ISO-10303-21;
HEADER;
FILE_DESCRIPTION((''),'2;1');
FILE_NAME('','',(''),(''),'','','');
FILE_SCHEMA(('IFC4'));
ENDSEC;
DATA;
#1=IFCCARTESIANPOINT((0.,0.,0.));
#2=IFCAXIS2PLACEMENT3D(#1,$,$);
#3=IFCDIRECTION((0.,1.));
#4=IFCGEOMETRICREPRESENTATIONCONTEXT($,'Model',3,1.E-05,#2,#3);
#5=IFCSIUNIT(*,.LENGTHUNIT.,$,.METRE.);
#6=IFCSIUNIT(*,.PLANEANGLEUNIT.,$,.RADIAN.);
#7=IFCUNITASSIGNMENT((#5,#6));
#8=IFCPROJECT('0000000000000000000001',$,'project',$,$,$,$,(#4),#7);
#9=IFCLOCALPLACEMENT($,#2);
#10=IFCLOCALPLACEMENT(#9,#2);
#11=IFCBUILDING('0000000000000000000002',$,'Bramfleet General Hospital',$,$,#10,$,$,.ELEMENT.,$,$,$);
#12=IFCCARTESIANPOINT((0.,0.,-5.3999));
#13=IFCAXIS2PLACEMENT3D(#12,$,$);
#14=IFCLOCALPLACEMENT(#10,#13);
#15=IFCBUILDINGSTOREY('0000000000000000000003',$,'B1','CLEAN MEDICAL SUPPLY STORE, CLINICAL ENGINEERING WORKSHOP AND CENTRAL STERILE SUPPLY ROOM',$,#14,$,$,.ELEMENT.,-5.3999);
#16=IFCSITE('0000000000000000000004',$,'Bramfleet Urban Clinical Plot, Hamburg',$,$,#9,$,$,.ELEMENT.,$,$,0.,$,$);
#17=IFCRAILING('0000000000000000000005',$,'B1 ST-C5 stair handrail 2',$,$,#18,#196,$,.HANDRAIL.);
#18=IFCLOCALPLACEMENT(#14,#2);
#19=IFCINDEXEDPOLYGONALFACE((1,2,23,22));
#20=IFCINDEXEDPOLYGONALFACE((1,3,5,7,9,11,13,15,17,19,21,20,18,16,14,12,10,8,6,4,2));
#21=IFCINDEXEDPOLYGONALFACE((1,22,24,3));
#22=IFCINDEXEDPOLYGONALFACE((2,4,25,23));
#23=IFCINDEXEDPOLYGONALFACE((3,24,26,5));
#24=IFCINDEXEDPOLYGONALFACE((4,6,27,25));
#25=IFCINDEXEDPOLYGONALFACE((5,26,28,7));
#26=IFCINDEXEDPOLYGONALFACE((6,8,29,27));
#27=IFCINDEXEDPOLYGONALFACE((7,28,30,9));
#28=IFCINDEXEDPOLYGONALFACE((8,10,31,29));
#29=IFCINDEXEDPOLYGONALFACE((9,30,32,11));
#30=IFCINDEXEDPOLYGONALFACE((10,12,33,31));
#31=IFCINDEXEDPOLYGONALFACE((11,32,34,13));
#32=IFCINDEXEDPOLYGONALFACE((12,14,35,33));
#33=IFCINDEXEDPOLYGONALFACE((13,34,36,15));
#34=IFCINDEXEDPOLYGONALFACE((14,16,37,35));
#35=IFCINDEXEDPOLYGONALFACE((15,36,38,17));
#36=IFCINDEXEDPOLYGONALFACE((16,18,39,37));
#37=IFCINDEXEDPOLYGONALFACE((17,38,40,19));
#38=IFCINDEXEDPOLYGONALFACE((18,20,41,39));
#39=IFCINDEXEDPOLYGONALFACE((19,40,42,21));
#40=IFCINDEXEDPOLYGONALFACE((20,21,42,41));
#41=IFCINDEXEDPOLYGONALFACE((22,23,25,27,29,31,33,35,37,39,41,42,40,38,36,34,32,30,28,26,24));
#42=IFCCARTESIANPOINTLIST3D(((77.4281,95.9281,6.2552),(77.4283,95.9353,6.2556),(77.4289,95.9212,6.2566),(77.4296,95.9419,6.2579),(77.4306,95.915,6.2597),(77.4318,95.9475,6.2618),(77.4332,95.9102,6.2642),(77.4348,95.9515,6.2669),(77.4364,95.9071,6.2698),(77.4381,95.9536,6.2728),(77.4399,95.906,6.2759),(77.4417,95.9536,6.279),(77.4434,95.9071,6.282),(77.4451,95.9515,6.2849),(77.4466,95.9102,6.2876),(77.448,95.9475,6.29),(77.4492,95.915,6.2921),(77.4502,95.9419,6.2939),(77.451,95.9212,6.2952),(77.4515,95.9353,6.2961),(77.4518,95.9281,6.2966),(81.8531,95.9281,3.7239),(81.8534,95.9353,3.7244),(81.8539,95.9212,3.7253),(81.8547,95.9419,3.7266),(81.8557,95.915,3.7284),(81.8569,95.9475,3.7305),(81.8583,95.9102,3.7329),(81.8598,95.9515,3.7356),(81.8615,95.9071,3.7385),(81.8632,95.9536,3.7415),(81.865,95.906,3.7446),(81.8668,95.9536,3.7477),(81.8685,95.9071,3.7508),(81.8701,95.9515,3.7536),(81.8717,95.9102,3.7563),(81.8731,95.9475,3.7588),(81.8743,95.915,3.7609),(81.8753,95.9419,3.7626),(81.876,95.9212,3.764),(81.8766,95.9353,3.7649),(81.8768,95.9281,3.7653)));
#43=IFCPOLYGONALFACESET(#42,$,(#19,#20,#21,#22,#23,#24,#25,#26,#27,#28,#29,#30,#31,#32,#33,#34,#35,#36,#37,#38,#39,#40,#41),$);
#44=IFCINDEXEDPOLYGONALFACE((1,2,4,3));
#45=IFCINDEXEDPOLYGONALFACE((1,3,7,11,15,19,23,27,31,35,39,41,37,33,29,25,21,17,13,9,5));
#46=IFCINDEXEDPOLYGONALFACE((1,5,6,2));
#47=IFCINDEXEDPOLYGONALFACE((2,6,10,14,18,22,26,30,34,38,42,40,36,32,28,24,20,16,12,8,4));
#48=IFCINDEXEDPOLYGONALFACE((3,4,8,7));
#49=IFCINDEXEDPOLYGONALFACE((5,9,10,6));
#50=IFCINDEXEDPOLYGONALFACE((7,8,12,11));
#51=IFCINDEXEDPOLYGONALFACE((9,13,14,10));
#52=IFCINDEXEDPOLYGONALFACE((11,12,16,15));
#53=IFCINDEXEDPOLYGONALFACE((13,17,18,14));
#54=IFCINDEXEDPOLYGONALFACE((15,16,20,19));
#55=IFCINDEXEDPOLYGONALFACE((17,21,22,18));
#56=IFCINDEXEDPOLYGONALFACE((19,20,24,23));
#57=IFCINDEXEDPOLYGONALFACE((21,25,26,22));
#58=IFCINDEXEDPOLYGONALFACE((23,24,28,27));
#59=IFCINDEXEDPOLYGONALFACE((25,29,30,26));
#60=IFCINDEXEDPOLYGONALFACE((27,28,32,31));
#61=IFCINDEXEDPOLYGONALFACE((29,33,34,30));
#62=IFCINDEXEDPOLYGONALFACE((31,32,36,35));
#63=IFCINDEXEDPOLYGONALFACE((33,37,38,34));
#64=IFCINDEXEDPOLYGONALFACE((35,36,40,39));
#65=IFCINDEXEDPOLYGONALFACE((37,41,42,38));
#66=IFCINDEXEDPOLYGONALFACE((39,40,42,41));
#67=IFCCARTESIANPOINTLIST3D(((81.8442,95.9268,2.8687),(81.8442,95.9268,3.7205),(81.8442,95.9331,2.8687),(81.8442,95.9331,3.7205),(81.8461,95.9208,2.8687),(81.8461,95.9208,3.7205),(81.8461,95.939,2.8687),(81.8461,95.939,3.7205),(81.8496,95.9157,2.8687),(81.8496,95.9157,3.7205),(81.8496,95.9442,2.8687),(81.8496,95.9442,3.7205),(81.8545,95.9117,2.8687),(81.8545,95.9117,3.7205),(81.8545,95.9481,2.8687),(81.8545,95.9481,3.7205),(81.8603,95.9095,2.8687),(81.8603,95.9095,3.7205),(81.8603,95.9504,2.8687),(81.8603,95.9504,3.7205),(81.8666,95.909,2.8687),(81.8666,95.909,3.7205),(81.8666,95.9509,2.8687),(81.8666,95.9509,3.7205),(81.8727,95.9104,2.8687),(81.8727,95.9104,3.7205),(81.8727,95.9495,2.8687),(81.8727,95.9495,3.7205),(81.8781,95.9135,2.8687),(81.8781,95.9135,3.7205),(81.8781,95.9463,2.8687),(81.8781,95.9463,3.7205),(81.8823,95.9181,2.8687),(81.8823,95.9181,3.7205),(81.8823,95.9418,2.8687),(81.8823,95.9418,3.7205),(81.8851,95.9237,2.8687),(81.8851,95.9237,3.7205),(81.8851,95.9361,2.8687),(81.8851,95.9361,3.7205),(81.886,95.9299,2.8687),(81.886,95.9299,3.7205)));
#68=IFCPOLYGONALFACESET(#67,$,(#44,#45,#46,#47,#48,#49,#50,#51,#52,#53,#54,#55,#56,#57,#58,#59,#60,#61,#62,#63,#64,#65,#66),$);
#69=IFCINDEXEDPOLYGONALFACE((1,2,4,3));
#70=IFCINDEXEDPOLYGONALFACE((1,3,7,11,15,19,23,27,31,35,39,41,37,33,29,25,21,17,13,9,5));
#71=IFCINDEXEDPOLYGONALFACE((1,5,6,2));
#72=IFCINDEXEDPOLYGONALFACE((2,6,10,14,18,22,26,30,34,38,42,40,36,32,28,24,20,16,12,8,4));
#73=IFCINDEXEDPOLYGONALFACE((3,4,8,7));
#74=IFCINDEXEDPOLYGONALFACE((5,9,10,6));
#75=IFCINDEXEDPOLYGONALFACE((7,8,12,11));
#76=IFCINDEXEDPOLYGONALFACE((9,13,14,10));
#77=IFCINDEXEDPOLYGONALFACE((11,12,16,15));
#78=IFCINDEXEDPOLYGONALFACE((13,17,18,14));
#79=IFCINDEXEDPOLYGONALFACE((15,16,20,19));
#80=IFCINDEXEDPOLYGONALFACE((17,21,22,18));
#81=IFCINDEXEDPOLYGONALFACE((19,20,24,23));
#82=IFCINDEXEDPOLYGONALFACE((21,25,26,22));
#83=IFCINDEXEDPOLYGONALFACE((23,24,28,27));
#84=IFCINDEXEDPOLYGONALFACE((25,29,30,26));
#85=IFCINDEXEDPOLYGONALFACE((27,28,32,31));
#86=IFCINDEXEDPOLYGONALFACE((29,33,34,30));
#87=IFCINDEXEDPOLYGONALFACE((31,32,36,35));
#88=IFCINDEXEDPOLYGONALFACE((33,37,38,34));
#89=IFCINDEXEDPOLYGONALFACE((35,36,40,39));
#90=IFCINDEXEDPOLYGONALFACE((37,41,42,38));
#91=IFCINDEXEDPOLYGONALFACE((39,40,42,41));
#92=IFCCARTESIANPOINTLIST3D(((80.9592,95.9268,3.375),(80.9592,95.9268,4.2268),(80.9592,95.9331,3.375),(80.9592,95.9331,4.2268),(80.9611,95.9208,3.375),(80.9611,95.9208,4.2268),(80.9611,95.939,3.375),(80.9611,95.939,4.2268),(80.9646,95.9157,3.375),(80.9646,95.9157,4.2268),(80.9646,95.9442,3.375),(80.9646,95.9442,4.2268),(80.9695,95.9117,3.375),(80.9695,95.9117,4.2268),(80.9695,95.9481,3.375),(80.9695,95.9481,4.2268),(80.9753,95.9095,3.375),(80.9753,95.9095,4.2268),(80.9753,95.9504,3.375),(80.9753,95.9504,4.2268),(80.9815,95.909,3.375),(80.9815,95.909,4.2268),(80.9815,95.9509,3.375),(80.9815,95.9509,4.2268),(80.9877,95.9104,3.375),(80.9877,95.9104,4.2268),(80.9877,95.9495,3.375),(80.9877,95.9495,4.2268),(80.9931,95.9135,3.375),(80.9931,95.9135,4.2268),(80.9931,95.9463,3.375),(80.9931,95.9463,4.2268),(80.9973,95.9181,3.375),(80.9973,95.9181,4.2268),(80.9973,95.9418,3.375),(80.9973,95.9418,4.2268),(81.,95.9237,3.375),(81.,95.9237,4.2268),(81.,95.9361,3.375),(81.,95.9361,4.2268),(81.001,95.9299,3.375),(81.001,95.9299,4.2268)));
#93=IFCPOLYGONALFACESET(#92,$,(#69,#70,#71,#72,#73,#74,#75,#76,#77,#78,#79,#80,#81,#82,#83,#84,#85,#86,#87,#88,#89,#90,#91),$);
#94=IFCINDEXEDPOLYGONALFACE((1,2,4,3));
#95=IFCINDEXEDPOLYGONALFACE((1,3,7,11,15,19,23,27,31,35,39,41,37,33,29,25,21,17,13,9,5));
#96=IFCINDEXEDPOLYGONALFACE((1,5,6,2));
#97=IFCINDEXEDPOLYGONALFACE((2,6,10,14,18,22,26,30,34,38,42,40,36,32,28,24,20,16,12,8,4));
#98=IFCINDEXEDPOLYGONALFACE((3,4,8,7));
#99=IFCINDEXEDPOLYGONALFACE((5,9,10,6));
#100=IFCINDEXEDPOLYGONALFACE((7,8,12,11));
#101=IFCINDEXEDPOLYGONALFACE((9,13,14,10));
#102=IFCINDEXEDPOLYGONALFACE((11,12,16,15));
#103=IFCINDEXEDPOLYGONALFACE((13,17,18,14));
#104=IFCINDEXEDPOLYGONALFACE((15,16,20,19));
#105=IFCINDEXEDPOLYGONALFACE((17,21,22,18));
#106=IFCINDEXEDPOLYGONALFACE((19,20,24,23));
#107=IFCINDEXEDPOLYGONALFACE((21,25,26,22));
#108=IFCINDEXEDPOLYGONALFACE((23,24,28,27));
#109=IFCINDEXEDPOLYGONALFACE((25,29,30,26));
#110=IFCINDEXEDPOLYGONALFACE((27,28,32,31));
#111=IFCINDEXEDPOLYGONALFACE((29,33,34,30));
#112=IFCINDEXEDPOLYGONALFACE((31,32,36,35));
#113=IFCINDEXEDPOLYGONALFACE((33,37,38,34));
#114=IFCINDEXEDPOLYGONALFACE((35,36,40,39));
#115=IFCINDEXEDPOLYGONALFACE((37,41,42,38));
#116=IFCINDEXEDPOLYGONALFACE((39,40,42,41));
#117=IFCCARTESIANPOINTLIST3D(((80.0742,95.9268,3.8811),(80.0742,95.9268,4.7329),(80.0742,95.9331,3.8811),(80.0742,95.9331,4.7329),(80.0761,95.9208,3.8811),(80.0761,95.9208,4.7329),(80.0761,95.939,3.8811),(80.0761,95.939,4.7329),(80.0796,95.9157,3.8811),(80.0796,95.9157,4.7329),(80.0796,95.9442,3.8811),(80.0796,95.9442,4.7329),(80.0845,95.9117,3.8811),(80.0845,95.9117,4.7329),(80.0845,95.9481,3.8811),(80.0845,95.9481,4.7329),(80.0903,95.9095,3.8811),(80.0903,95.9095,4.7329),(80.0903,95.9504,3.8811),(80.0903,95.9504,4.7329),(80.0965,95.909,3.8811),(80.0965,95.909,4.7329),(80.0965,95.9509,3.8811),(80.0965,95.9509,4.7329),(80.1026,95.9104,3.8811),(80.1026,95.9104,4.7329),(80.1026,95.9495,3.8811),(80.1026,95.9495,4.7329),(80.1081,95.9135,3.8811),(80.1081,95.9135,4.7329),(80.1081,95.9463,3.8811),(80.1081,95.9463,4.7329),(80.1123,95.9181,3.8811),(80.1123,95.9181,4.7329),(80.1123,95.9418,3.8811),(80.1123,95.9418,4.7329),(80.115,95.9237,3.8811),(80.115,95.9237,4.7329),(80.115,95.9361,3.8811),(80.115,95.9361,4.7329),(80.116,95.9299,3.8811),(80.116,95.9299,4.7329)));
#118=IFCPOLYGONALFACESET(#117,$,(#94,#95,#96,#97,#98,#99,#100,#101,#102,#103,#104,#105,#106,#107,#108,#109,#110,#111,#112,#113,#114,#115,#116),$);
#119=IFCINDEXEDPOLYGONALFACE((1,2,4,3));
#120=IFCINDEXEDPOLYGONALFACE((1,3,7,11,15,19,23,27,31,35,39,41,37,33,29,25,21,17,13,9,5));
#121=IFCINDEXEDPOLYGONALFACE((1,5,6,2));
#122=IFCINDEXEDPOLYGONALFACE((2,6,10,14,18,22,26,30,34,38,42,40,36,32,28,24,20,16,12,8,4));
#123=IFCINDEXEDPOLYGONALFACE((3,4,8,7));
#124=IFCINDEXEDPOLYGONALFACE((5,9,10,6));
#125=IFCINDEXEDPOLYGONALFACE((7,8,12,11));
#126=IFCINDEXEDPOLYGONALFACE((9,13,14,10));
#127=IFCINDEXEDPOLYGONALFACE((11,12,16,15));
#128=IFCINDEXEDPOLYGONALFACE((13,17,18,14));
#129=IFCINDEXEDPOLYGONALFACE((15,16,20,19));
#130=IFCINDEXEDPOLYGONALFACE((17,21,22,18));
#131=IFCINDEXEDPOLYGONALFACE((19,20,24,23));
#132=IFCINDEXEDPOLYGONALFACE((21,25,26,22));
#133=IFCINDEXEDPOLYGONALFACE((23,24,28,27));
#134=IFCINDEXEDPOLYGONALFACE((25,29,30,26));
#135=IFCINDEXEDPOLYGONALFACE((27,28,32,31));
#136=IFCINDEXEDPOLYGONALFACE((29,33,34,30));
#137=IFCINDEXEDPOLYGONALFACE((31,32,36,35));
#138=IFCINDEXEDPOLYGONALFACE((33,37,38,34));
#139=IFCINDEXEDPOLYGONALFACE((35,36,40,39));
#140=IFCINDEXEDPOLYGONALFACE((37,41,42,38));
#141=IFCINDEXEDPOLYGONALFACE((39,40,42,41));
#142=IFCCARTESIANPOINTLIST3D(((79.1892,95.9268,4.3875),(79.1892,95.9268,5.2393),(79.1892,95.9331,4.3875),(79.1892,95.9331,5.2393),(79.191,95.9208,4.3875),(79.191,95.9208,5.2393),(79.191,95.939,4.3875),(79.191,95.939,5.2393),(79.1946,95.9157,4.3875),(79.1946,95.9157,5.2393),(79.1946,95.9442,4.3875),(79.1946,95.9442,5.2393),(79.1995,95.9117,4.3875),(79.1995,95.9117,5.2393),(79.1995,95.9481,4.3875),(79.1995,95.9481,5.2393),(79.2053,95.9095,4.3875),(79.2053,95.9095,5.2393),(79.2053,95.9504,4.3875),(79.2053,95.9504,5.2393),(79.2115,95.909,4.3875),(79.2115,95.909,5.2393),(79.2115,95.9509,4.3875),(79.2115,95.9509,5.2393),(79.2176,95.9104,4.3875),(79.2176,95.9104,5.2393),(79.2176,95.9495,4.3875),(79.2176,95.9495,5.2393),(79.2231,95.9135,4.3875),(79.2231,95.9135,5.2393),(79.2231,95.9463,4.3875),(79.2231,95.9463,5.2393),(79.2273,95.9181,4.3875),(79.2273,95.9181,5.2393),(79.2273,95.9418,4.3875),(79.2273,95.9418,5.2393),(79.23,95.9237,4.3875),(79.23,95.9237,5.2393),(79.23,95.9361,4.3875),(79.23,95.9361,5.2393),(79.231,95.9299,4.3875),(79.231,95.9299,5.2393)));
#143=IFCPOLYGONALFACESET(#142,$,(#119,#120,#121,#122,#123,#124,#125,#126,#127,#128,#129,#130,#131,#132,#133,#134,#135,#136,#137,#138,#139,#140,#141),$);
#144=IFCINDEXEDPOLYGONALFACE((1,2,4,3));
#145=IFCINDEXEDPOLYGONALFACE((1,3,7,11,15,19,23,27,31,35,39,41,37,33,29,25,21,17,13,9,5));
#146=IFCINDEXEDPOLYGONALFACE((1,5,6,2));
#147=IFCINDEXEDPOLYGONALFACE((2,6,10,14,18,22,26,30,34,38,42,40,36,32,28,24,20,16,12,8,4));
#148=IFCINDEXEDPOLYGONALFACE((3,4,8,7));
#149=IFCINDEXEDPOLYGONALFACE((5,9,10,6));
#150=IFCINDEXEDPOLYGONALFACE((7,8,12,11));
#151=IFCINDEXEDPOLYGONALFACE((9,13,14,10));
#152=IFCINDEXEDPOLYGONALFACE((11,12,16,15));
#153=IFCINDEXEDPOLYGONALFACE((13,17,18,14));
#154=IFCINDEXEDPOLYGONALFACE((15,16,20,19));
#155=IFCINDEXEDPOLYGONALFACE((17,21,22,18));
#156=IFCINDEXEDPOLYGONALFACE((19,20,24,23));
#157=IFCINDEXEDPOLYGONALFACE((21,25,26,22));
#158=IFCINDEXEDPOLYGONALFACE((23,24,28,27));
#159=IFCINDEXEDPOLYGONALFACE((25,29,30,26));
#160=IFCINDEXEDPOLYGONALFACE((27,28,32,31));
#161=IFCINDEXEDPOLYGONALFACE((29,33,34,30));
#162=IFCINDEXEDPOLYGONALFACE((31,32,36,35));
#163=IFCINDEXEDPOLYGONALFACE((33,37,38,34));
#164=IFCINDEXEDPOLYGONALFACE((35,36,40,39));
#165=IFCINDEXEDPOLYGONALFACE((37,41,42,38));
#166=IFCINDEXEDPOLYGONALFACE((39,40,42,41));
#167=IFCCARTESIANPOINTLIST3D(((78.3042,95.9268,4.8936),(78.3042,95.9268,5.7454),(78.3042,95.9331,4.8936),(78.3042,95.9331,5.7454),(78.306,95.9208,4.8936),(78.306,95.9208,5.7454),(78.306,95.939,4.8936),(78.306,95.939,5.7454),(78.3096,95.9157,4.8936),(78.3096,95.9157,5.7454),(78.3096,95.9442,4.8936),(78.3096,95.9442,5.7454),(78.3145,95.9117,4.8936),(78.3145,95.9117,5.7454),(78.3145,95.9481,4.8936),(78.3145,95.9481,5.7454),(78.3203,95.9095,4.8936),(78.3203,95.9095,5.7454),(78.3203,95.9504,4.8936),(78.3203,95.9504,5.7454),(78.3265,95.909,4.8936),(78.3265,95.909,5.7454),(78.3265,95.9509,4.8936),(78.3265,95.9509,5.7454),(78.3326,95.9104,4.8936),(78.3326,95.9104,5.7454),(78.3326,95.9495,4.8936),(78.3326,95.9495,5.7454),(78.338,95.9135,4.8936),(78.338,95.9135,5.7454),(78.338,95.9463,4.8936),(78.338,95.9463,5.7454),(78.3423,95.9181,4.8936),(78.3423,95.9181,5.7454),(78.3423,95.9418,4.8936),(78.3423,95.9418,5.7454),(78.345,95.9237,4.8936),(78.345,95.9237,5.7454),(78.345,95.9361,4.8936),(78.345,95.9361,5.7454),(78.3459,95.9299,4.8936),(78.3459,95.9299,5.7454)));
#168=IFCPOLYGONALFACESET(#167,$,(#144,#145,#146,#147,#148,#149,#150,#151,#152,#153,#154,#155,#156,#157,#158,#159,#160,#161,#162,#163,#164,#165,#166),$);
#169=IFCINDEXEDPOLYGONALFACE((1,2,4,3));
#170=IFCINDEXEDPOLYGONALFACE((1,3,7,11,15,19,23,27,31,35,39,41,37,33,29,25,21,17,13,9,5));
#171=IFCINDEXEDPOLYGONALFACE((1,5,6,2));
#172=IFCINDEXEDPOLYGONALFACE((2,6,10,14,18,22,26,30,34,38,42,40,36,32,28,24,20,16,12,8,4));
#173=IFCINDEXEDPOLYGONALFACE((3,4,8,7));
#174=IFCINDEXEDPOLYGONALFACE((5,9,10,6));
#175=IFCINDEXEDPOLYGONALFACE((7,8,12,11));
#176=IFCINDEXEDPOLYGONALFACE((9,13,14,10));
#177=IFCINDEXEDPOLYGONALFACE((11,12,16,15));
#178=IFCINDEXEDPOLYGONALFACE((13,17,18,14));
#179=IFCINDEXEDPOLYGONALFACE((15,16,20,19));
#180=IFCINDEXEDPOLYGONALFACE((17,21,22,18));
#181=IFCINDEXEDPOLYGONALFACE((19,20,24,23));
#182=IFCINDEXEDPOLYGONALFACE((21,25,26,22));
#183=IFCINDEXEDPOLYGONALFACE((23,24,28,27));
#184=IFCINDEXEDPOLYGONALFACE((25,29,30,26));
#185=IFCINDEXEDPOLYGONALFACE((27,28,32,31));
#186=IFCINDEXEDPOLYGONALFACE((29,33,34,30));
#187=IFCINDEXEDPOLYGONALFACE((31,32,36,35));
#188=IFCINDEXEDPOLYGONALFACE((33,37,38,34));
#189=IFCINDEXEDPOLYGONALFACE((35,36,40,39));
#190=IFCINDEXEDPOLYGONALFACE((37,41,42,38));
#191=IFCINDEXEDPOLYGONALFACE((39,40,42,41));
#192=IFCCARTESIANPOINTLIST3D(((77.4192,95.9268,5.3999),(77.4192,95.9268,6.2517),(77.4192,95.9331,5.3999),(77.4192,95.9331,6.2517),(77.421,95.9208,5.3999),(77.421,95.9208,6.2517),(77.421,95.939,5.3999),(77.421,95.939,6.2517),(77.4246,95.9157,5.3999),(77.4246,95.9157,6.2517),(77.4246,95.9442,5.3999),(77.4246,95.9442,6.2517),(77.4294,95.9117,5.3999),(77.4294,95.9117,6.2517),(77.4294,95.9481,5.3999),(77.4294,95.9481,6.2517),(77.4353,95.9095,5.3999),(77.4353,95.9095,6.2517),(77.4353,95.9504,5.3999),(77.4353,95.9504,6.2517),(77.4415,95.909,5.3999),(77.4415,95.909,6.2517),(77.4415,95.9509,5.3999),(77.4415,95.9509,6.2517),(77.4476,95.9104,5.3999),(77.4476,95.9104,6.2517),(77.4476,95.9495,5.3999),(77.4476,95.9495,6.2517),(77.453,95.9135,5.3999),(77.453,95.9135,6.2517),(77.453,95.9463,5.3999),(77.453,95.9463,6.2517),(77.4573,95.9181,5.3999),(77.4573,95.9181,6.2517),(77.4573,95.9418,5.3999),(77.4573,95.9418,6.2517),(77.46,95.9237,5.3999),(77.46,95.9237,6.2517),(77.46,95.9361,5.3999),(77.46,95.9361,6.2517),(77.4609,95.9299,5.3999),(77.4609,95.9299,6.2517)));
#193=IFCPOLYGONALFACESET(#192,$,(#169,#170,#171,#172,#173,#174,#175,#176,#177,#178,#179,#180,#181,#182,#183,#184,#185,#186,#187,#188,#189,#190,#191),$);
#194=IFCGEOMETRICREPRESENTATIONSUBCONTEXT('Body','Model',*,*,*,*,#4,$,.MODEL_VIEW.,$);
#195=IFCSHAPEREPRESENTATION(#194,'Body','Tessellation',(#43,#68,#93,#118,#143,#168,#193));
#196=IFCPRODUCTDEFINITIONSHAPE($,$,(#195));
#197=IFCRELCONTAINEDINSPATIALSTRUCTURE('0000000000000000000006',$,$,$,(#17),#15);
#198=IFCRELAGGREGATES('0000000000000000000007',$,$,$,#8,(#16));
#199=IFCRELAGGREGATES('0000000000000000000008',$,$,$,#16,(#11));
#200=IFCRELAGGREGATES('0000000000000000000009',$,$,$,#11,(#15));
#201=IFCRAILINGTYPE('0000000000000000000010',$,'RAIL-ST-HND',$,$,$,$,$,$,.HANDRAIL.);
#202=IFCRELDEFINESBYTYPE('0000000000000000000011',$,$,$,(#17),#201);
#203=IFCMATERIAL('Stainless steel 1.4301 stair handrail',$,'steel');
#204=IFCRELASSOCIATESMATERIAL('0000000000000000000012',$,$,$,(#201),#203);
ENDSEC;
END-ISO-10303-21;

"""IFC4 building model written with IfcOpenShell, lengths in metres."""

from ifc_helpers import new_model, si_unit, direction, frame, origin, origin_2d, place, context, subcontext, project, spatial, circle, extrude, material, type_object, element, save


model = new_model("IFC4")

# Units and contexts
model_context = context("Model", 3, precision=1e-05, world=origin(), true_north=direction((0.0, 1.0)))
body_context = subcontext(model_context, "Body", "Model", "MODEL_VIEW")
ifc_project = project(units=[si_unit("LENGTHUNIT", "METRE"), si_unit("PLANEANGLEUNIT", "RADIAN")], contexts=[model_context])

# Site, building, storey
site_placement = place(None, origin())
site = spatial("IfcSite", under=ifc_project, at=site_placement, Name="Bramfleet Urban Clinical Plot, Hamburg", CompositionType="ELEMENT", RefElevation=0.0)
building_placement = place(site_placement, origin())
building = spatial("IfcBuilding", under=site, at=building_placement, Name="Bramfleet General Hospital", CompositionType="ELEMENT")
storey_placement = place(building_placement, frame((0.0, 0.0, -5.3999)))
storey = spatial("IfcBuildingStorey", under=building, at=storey_placement, Name="B1", Description="CLEAN MEDICAL SUPPLY STORE, CLINICAL ENGINEERING WORKSHOP AND CENTRAL STERILE SUPPLY ROOM", CompositionType="ELEMENT", Elevation=-5.3999)

# Railing
ifc_material_1 = material(Name="Stainless steel 1.4301 stair handrail", Category="steel")
railing_type_1 = type_object("IfcRailingType", Name="RAIL-ST-HND", PredefinedType="HANDRAIL", material=ifc_material_1)
railing_1_placement = place(storey_placement, frame((81.865, 95.9299, 2.8687)))
element("IfcRailing", 1, at=railing_1_placement, inside=storey, type_object=railing_type_1, Name="B1 ST-C5 stair handrail 2", PredefinedType="HANDRAIL", context=body_context, shape_type="SweptSolid", body=[
    extrude(circle(Radius=0.0239, at=origin_2d()), frame((0.0, 0.0, 0.876), z_axis=(-0.868019, 0.0, 0.496531), x_axis=(0.0, -1.0, 0.0)), (0.0, 0.0, 1.0), 5.0979),
    extrude(circle(Radius=0.021, at=origin_2d()), origin(), (0.0, 0.0, 1.0), 0.8518),
    extrude(circle(Radius=0.021, at=origin_2d()), frame((-0.885, 0.0, 0.5063)), (0.0, 0.0, 1.0), 0.8518),
    extrude(circle(Radius=0.021, at=origin_2d()), frame((-1.77, 0.0, 1.0125)), (0.0, 0.0, 1.0), 0.8518),
    extrude(circle(Radius=0.021, at=origin_2d()), frame((-2.655, 0.0, 1.5188)), (0.0, 0.0, 1.0), 0.8518),
    extrude(circle(Radius=0.021, at=origin_2d()), frame((-3.54, 0.0, 2.0249)), (0.0, 0.0, 1.0), 0.8518),
    extrude(circle(Radius=0.021, at=origin_2d()), frame((-4.425, 0.0, 2.5312)), (0.0, 0.0, 1.0), 0.8518),
])

save(model, "model.ifc")
